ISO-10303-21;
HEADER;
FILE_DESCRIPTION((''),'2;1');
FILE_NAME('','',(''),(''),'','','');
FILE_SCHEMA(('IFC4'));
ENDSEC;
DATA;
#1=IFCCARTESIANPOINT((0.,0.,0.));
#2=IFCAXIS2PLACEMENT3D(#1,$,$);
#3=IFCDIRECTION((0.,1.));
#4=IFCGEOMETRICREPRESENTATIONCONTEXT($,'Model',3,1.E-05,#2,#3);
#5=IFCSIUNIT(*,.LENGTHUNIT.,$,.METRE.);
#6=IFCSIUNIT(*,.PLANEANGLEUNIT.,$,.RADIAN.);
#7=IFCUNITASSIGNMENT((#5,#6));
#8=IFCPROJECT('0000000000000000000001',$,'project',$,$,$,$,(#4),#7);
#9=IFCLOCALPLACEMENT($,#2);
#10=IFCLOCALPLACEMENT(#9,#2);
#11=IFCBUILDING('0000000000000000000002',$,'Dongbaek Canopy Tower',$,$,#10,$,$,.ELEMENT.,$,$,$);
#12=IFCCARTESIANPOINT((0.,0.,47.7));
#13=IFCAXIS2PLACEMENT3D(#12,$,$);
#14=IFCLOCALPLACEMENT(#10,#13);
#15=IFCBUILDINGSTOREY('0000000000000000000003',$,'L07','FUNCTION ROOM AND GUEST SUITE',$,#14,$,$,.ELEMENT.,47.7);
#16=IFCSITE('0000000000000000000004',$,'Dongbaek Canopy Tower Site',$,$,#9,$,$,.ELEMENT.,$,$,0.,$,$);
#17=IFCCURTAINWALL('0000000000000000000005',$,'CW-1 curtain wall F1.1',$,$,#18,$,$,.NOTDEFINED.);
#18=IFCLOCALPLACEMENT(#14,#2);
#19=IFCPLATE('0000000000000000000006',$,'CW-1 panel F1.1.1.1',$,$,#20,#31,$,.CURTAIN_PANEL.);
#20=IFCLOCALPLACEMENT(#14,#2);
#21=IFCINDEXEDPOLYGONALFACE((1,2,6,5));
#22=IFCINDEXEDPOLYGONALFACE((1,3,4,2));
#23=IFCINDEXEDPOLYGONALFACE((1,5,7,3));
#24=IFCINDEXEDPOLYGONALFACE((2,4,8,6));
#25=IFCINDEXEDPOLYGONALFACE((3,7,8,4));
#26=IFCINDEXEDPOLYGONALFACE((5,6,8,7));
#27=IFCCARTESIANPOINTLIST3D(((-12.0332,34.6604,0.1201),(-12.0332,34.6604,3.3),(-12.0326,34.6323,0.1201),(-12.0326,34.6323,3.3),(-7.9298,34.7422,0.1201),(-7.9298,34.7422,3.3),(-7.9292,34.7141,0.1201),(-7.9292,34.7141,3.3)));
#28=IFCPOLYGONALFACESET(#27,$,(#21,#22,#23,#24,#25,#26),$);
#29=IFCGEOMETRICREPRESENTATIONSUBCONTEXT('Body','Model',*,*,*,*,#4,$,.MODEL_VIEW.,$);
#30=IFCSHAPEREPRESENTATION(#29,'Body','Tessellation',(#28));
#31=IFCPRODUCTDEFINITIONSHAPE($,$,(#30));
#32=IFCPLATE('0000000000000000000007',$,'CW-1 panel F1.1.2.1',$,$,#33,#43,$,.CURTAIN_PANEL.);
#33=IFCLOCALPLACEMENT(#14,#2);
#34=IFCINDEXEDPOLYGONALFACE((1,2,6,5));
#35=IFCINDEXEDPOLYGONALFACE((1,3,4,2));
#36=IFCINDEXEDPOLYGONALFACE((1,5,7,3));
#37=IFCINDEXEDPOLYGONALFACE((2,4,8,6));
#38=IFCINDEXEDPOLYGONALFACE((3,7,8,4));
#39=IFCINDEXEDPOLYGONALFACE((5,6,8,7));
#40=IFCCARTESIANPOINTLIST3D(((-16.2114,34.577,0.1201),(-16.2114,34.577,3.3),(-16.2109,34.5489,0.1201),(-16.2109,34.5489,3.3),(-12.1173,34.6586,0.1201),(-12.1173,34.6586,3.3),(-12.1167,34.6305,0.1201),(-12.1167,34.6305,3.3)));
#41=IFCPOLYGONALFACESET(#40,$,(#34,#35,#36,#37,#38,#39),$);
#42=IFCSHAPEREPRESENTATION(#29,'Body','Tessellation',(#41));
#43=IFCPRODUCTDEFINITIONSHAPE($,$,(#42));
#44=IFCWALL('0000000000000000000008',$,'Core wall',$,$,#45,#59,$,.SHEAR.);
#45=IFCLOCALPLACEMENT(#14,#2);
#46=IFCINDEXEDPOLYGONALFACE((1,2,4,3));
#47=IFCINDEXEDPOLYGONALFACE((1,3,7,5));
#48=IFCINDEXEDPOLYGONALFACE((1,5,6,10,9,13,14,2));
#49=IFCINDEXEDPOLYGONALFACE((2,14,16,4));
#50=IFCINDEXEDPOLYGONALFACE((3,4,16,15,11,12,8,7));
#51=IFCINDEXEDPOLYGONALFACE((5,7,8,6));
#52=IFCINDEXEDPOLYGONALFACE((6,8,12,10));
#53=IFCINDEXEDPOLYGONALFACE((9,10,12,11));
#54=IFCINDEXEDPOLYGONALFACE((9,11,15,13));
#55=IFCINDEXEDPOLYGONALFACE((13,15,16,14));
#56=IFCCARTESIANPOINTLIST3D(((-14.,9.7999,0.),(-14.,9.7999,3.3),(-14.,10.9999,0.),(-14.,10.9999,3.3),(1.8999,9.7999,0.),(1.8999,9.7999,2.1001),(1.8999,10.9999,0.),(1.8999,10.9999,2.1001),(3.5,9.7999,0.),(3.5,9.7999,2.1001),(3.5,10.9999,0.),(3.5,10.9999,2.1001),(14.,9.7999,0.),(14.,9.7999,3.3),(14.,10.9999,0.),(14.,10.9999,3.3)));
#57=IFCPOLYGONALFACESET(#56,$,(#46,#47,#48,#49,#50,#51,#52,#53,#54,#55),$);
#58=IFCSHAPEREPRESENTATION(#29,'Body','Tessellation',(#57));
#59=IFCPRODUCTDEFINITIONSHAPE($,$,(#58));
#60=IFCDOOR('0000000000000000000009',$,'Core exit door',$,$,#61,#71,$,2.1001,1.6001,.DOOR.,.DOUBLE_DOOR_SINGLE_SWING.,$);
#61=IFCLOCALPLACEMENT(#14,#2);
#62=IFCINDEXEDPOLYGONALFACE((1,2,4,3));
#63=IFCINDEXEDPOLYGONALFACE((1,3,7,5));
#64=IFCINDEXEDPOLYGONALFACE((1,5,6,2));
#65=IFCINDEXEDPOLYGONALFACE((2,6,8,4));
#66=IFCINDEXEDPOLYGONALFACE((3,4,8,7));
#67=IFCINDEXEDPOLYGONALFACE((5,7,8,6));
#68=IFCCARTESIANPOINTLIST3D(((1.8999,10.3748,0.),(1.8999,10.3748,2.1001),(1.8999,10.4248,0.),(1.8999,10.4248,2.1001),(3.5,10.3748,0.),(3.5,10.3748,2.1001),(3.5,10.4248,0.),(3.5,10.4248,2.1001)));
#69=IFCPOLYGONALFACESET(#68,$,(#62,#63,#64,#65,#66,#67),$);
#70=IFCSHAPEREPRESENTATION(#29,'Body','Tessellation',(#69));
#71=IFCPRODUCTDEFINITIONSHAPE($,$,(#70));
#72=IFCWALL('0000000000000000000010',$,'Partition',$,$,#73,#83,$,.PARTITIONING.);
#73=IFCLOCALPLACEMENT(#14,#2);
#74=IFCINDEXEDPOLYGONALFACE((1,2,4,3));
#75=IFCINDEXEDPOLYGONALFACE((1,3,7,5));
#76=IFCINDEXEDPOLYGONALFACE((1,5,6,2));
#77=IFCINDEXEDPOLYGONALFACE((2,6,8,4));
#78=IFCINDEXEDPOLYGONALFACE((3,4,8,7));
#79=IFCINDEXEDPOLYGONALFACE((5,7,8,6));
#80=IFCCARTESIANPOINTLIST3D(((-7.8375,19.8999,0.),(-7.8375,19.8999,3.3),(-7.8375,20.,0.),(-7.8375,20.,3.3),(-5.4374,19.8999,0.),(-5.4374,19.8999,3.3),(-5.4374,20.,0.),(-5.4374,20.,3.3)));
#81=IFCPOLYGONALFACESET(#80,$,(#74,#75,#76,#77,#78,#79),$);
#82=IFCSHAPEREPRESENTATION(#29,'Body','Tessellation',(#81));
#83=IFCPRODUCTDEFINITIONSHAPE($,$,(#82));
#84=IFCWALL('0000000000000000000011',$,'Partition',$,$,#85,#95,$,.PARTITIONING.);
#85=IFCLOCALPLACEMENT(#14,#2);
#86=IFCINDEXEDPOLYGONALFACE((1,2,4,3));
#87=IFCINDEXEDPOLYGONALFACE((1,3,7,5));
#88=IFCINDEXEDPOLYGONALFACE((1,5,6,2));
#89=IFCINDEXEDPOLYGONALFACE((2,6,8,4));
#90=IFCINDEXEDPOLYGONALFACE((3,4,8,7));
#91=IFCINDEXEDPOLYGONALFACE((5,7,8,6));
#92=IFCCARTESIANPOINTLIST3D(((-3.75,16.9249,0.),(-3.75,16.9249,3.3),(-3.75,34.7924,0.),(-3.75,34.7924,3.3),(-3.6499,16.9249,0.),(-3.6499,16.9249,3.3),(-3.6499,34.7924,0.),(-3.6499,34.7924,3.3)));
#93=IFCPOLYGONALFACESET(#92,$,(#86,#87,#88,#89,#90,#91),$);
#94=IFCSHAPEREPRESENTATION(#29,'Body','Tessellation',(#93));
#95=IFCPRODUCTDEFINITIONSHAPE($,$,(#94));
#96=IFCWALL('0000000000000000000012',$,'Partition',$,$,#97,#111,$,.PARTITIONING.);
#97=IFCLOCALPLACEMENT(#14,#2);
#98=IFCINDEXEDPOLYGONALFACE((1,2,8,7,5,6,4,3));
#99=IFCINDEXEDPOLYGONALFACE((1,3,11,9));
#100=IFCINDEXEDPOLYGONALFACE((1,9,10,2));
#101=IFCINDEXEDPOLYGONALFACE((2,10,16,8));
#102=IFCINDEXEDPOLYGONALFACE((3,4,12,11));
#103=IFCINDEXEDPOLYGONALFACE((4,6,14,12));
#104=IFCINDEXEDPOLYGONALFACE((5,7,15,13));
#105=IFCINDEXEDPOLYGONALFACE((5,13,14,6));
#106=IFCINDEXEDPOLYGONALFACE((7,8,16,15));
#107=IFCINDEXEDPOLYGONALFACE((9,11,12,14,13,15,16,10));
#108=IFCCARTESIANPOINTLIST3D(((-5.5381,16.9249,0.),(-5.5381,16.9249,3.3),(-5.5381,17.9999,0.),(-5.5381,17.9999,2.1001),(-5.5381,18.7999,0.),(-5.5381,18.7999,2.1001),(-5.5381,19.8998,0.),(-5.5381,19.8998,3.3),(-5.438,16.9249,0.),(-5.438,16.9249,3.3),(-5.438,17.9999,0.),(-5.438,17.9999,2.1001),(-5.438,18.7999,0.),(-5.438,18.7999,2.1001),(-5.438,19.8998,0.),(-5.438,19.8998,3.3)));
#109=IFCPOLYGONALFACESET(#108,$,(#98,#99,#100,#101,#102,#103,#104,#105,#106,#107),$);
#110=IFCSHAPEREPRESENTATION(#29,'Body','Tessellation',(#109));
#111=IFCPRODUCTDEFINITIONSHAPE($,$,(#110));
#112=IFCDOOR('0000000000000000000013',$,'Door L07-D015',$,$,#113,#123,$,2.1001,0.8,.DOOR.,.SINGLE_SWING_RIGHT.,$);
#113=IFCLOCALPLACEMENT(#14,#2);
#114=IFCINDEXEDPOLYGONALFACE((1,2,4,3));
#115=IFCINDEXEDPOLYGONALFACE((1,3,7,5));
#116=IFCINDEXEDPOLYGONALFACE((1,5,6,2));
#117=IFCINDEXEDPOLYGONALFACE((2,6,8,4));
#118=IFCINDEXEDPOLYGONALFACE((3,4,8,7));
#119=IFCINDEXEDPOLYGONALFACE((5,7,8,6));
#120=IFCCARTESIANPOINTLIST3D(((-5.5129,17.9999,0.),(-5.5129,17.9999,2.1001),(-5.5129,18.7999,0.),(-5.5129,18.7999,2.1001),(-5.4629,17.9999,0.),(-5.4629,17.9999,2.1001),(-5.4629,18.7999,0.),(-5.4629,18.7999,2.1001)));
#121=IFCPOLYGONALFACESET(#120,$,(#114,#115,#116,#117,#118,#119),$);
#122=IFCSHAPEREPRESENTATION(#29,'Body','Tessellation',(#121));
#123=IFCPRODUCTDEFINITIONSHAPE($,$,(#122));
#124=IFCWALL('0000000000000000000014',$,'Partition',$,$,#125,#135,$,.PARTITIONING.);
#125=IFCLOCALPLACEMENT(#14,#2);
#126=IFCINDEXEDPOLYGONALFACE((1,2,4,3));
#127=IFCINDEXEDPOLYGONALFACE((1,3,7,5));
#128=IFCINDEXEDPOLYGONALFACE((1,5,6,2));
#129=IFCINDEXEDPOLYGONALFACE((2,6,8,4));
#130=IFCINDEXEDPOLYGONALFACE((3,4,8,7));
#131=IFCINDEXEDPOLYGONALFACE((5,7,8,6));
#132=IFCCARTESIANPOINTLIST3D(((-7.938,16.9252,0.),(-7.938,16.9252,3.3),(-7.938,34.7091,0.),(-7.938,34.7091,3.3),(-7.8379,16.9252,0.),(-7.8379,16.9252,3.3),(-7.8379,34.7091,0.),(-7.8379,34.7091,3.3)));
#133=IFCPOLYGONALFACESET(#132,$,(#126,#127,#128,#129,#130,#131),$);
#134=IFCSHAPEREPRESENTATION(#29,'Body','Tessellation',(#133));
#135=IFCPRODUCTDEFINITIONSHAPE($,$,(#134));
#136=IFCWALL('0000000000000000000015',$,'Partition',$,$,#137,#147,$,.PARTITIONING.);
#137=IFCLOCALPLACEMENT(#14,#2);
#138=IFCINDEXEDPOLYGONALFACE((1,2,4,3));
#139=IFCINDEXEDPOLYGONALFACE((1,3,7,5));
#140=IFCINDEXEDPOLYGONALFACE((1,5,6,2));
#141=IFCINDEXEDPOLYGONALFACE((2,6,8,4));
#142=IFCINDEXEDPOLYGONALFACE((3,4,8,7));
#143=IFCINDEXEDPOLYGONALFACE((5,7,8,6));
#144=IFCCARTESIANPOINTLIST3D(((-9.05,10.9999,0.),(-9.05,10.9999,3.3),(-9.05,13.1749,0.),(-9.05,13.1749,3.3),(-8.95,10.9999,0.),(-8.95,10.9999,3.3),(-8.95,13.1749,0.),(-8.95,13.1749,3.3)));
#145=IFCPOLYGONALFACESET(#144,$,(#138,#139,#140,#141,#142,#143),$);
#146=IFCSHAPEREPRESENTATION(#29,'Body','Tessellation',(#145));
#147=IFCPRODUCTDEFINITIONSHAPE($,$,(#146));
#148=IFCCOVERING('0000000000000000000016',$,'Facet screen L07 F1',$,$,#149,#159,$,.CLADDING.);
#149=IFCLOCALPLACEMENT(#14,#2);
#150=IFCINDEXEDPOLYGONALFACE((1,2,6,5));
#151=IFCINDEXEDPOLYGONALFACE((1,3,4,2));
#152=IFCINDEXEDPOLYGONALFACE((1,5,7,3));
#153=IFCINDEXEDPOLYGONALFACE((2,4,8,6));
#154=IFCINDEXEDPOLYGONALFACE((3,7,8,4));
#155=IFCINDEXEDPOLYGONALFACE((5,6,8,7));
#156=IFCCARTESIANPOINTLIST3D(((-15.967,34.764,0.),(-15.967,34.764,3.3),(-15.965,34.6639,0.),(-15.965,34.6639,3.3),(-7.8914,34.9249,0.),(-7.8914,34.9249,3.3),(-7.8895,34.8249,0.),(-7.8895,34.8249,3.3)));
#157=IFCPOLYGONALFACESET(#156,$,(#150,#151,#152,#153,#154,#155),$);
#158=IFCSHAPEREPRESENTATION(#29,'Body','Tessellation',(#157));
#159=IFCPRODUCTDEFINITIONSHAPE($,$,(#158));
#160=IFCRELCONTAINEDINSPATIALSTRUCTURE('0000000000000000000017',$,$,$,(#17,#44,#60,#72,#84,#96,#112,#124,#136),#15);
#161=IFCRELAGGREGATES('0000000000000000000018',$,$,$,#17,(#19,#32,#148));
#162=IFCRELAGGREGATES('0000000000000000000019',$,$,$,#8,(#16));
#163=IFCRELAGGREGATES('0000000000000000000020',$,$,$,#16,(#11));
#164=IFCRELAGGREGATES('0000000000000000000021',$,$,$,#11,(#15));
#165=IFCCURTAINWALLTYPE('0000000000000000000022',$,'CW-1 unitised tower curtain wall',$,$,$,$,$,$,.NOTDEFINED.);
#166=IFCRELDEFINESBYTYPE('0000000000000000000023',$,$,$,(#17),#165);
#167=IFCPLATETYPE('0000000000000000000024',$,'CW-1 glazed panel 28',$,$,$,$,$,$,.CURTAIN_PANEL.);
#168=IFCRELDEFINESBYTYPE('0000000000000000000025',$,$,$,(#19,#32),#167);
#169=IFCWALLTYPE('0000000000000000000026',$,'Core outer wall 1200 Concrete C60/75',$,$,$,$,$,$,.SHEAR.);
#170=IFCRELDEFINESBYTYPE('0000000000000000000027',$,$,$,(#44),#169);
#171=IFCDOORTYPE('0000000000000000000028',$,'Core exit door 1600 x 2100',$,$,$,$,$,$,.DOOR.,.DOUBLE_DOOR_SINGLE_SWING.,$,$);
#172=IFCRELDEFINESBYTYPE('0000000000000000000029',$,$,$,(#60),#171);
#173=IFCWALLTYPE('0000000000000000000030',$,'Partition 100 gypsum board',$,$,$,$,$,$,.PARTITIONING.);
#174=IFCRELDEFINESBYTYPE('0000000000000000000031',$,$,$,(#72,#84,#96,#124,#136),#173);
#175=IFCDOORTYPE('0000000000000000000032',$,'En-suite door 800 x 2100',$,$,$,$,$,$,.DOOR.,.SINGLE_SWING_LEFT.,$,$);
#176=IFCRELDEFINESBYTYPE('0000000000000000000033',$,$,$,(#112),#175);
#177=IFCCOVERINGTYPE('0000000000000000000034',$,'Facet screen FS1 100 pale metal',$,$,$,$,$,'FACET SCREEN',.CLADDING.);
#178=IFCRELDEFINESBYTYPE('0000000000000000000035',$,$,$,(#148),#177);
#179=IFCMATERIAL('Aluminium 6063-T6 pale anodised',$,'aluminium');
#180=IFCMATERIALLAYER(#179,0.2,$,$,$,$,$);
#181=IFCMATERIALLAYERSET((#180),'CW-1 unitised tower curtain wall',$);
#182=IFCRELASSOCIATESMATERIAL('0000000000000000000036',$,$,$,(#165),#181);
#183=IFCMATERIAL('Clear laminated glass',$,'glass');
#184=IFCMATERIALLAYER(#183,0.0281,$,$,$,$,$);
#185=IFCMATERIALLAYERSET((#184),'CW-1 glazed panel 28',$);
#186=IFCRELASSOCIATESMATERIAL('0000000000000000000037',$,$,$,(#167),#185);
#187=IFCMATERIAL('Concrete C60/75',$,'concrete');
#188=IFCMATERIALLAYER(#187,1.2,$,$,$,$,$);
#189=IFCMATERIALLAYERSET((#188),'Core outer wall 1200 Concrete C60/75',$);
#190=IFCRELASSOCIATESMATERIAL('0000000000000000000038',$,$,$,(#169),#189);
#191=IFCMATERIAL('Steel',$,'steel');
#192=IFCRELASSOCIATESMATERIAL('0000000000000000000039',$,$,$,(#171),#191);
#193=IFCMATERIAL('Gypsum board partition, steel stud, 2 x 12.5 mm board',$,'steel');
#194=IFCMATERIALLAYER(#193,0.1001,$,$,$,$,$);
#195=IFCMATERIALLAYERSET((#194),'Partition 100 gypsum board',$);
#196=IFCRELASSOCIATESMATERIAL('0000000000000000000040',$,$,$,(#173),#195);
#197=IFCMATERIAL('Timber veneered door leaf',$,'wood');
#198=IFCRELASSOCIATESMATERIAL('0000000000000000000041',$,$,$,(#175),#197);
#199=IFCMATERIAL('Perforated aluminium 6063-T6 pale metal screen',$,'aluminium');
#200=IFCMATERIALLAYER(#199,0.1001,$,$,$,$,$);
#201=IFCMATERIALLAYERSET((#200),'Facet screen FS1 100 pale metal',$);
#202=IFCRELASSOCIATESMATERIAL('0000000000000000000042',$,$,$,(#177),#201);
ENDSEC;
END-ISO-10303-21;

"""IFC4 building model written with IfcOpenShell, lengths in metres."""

from ifc_helpers import new_model, si_unit, direction, frame, frame_2d, origin, origin_2d, place, context, subcontext, project, spatial, rectangle, extrude, material, layer, layer_set, type_object, element, fill, aggregate, save


model = new_model("IFC4")

# Units and contexts
model_context = context("Model", 3, precision=1e-05, world=origin(), true_north=direction((0.0, 1.0)))
body_context = subcontext(model_context, "Body", "Model", "MODEL_VIEW")
ifc_project = project(units=[si_unit("LENGTHUNIT", "METRE"), si_unit("PLANEANGLEUNIT", "RADIAN")], contexts=[model_context])

# Site, building, storey
site_placement = place(None, origin())
site = spatial("IfcSite", under=ifc_project, at=site_placement, Name="Dongbaek Canopy Tower Site", CompositionType="ELEMENT", RefElevation=0.0)
building_placement = place(site_placement, origin())
building = spatial("IfcBuilding", under=site, at=building_placement, Name="Dongbaek Canopy Tower", CompositionType="ELEMENT")
storey_placement = place(building_placement, frame((0.0, 0.0, 47.7)))
storey = spatial("IfcBuildingStorey", under=building, at=storey_placement, Name="L07", Description="FUNCTION ROOM AND GUEST SUITE", CompositionType="ELEMENT", Elevation=47.7)

# Curtain wall
ifc_material_1 = material(Name="Aluminium 6063-T6 pale anodised", Category="aluminium")
ifc_layer_1 = layer(ifc_material_1, 0.2)
ifc_layer_set_1 = layer_set([ifc_layer_1], Name="CW-1 unitised tower curtain wall")
curtain_wall_type = type_object("IfcCurtainWallType", Name="CW-1 unitised tower curtain wall", PredefinedType="NOTDEFINED", material=ifc_layer_set_1)
curtain_wall_placement = place(storey_placement, origin())
curtain_wall = element("IfcCurtainWall", 1, at=curtain_wall_placement, inside=storey, type_object=curtain_wall_type, Name="CW-1 curtain wall F1.1", PredefinedType="NOTDEFINED")

# Plates
ifc_material_2 = material(Name="Clear laminated glass", Category="glass")
ifc_layer_2 = layer(ifc_material_2, 0.0281)
ifc_layer_set_2 = layer_set([ifc_layer_2], Name="CW-1 glazed panel 28")
plate_type = type_object("IfcPlateType", Name="CW-1 glazed panel 28", PredefinedType="CURTAIN_PANEL", material=ifc_layer_set_2)
plate_1_placement = place(storey_placement, frame((-9.9812, 34.6873, 0.1201), z_axis=(0.0, 0.0, 1.0), x_axis=(-0.999801, -0.019926, 0.0)))
plate_1 = element("IfcPlate", 2, at=plate_1_placement, type_object=plate_type, Name="CW-1 panel F1.1.1.1", PredefinedType="CURTAIN_PANEL", context=body_context, shape_type="SweptSolid", body=[
    extrude(rectangle(XDim=4.1042, YDim=0.0281, at=origin_2d()), origin(), (0.0, 0.0, 1.0), 3.1799),
])
plate_2_placement = place(storey_placement, frame((-14.1641, 34.6038, 0.1201), z_axis=(0.0, 0.0, 1.0), x_axis=(-0.999801, -0.019926, 0.0)))
plate_2 = element("IfcPlate", 3, at=plate_2_placement, type_object=plate_type, Name="CW-1 panel F1.1.2.1", PredefinedType="CURTAIN_PANEL", context=body_context, shape_type="SweptSolid", body=[
    extrude(rectangle(XDim=4.095, YDim=0.0281, at=origin_2d()), origin(), (0.0, 0.0, 1.0), 3.1799),
])

# Wall, opening, door
ifc_material_3 = material(Name="Concrete C60/75", Category="concrete")
ifc_layer_3 = layer(ifc_material_3, 1.2)
ifc_layer_set_3 = layer_set([ifc_layer_3], Name="Core outer wall 1200 Concrete C60/75")
wall_type_1 = type_object("IfcWallType", Name="Core outer wall 1200 Concrete C60/75", PredefinedType="SHEAR", material=ifc_layer_set_3)
wall_1_placement = place(storey_placement, frame((-14.0, 10.3999, 0.0), z_axis=(0.0, 0.0, 1.0), x_axis=(1.0, 0.0, 0.0)))
wall_1 = element("IfcWall", 4, at=wall_1_placement, inside=storey, type_object=wall_type_1, Name="Core wall", PredefinedType="SHEAR", context=body_context, shape_type="SweptSolid", body=[
    extrude(rectangle(XDim=28.0, YDim=1.2, at=frame_2d((14.0, 0.0))), origin(), (0.0, 0.0, 1.0), 3.3),
])
opening_1_placement = place(wall_1_placement, frame((15.8999, 0.0, 0.0)))
opening_1 = element("IfcOpeningElement", 5, at=opening_1_placement, cuts=wall_1, PredefinedType="OPENING", context=body_context, shape_type="SweptSolid", body=[
    extrude(rectangle(XDim=1.6001, YDim=2.1001, at=frame_2d((0.8, 1.05))), frame((0.0, 0.6099, 0.0), z_axis=(0.0, -1.0, 0.0), x_axis=(1.0, 0.0, 0.0)), (0.0, 0.0, 1.0), 1.22),
])
ifc_material_4 = material(Name="Steel", Category="steel")
door_type_1 = type_object("IfcDoorType", Name="Core exit door 1600 x 2100", OperationType="DOUBLE_DOOR_SINGLE_SWING", PredefinedType="DOOR", material=ifc_material_4)
door_1_placement = place(opening_1_placement, origin())
door_1 = element("IfcDoor", 6, at=door_1_placement, inside=storey, type_object=door_type_1, Name="Core exit door", OperationType="DOUBLE_DOOR_SINGLE_SWING", OverallHeight=2.1001, OverallWidth=1.6001, PredefinedType="DOOR", context=body_context, shape_type="SweptSolid", body=[
    extrude(rectangle(XDim=1.6001, YDim=2.1001, at=frame_2d((0.8, 1.05))), frame((0.0, 0.0249, 0.0), z_axis=(0.0, -1.0, 0.0), x_axis=(1.0, 0.0, 0.0)), (0.0, 0.0, 1.0), 0.05),
])
fill(opening_1, door_1)

# Walls
ifc_material_5 = material(Name="Gypsum board partition, steel stud, 2 x 12.5 mm board", Category="steel")
ifc_layer_4 = layer(ifc_material_5, 0.1001)
ifc_layer_set_4 = layer_set([ifc_layer_4], Name="Partition 100 gypsum board")
wall_type_2 = type_object("IfcWallType", Name="Partition 100 gypsum board", PredefinedType="PARTITIONING", material=ifc_layer_set_4)
wall_2_placement = place(storey_placement, frame((-7.8376, 19.95, 0.0), z_axis=(0.0, 0.0, 1.0), x_axis=(1.0, 0.0, 0.0)))
element("IfcWall", 7, at=wall_2_placement, inside=storey, type_object=wall_type_2, Name="Partition", PredefinedType="PARTITIONING", context=body_context, shape_type="SweptSolid", body=[
    extrude(rectangle(XDim=2.4001, YDim=0.1001, at=frame_2d((1.2002, 0.0))), origin(), (0.0, 0.0, 1.0), 3.3),
])
wall_3_placement = place(storey_placement, frame((-3.7, 16.925, 0.0), z_axis=(0.0, 0.0, 1.0), x_axis=(0.0, 1.0, 0.0)))
element("IfcWall", 8, at=wall_3_placement, inside=storey, type_object=wall_type_2, Name="Partition", PredefinedType="PARTITIONING", context=body_context, shape_type="SweptSolid", body=[
    extrude(rectangle(XDim=17.8674, YDim=0.1001, at=frame_2d((8.9336, 0.0))), origin(), (0.0, 0.0, 1.0), 3.3),
])

# Wall, opening, door
wall_4_placement = place(storey_placement, frame((-5.488, 16.925, 0.0), z_axis=(0.0, 0.0, 1.0), x_axis=(0.0, 1.0, 0.0)))
wall_4 = element("IfcWall", 9, at=wall_4_placement, inside=storey, type_object=wall_type_2, Name="Partition", PredefinedType="PARTITIONING", context=body_context, shape_type="SweptSolid", body=[
    extrude(rectangle(XDim=2.9749, YDim=0.1001, at=frame_2d((1.4873, 0.0))), origin(), (0.0, 0.0, 1.0), 3.3),
])
opening_2_placement = place(wall_4_placement, frame((1.075, 0.0, 0.0)))
opening_2 = element("IfcOpeningElement", 10, at=opening_2_placement, cuts=wall_4, PredefinedType="OPENING", context=body_context, shape_type="SweptSolid", body=[
    extrude(rectangle(XDim=0.8, YDim=2.1001, at=frame_2d((0.3999, 1.05))), frame((0.0, 0.0601, 0.0), z_axis=(0.0, -1.0, 0.0), x_axis=(1.0, 0.0, 0.0)), (0.0, 0.0, 1.0), 0.1201),
])
ifc_material_6 = material(Name="Timber veneered door leaf", Category="wood")
door_type_2 = type_object("IfcDoorType", Name="En-suite door 800 x 2100", OperationType="SINGLE_SWING_LEFT", PredefinedType="DOOR", material=ifc_material_6)
door_2_placement = place(opening_2_placement, origin())
door_2 = element("IfcDoor", 11, at=door_2_placement, inside=storey, type_object=door_type_2, Name="Door L07-D015", OperationType="SINGLE_SWING_RIGHT", OverallHeight=2.1001, OverallWidth=0.8, PredefinedType="DOOR", context=body_context, shape_type="SweptSolid", body=[
    extrude(rectangle(XDim=0.8, YDim=2.1001, at=frame_2d((0.3999, 1.05))), frame((0.0, 0.0249, 0.0), z_axis=(0.0, -1.0, 0.0), x_axis=(1.0, 0.0, 0.0)), (0.0, 0.0, 1.0), 0.05),
])
fill(opening_2, door_2)

# Walls
wall_5_placement = place(storey_placement, frame((-7.8879, 16.925, 0.0), z_axis=(0.0, 0.0, 1.0), x_axis=(0.0, 1.0, 0.0)))
element("IfcWall", 12, at=wall_5_placement, inside=storey, type_object=wall_type_2, Name="Partition", PredefinedType="PARTITIONING", context=body_context, shape_type="SweptSolid", body=[
    extrude(rectangle(XDim=17.7839, YDim=0.1001, at=frame_2d((8.8921, 0.0))), origin(), (0.0, 0.0, 1.0), 3.3),
])
wall_6_placement = place(storey_placement, frame((-9.0, 11.0, 0.0), z_axis=(0.0, 0.0, 1.0), x_axis=(0.0, 1.0, 0.0)))
element("IfcWall", 13, at=wall_6_placement, inside=storey, type_object=wall_type_2, Name="Partition", PredefinedType="PARTITIONING", context=body_context, shape_type="SweptSolid", body=[
    extrude(rectangle(XDim=2.175, YDim=0.1001, at=frame_2d((1.0874, 0.0))), origin(), (0.0, 0.0, 1.0), 3.3),
])

# Covering
ifc_material_7 = material(Name="Perforated aluminium 6063-T6 pale metal screen", Category="aluminium")
ifc_layer_5 = layer(ifc_material_7, 0.1001)
ifc_layer_set_5 = layer_set([ifc_layer_5], Name="Facet screen FS1 100 pale metal")
covering_type = type_object("IfcCoveringType", Name="Facet screen FS1 100 pale metal", ElementType="FACET SCREEN", PredefinedType="CLADDING", material=ifc_layer_set_5)
covering_placement = place(storey_placement, frame((-11.9282, 34.7944, 0.0), z_axis=(0.0, 0.0, 1.0), x_axis=(-0.999801, -0.019925, 0.0)))
covering = element("IfcCovering", 14, at=covering_placement, type_object=covering_type, Name="Facet screen L07 F1", PredefinedType="CLADDING", context=body_context, shape_type="SweptSolid", body=[
    extrude(rectangle(XDim=8.0771, YDim=0.1001, at=origin_2d()), origin(), (0.0, 0.0, 1.0), 3.3),
])
aggregate(curtain_wall, [plate_1, plate_2, covering])

save(model, "model.ifc")
